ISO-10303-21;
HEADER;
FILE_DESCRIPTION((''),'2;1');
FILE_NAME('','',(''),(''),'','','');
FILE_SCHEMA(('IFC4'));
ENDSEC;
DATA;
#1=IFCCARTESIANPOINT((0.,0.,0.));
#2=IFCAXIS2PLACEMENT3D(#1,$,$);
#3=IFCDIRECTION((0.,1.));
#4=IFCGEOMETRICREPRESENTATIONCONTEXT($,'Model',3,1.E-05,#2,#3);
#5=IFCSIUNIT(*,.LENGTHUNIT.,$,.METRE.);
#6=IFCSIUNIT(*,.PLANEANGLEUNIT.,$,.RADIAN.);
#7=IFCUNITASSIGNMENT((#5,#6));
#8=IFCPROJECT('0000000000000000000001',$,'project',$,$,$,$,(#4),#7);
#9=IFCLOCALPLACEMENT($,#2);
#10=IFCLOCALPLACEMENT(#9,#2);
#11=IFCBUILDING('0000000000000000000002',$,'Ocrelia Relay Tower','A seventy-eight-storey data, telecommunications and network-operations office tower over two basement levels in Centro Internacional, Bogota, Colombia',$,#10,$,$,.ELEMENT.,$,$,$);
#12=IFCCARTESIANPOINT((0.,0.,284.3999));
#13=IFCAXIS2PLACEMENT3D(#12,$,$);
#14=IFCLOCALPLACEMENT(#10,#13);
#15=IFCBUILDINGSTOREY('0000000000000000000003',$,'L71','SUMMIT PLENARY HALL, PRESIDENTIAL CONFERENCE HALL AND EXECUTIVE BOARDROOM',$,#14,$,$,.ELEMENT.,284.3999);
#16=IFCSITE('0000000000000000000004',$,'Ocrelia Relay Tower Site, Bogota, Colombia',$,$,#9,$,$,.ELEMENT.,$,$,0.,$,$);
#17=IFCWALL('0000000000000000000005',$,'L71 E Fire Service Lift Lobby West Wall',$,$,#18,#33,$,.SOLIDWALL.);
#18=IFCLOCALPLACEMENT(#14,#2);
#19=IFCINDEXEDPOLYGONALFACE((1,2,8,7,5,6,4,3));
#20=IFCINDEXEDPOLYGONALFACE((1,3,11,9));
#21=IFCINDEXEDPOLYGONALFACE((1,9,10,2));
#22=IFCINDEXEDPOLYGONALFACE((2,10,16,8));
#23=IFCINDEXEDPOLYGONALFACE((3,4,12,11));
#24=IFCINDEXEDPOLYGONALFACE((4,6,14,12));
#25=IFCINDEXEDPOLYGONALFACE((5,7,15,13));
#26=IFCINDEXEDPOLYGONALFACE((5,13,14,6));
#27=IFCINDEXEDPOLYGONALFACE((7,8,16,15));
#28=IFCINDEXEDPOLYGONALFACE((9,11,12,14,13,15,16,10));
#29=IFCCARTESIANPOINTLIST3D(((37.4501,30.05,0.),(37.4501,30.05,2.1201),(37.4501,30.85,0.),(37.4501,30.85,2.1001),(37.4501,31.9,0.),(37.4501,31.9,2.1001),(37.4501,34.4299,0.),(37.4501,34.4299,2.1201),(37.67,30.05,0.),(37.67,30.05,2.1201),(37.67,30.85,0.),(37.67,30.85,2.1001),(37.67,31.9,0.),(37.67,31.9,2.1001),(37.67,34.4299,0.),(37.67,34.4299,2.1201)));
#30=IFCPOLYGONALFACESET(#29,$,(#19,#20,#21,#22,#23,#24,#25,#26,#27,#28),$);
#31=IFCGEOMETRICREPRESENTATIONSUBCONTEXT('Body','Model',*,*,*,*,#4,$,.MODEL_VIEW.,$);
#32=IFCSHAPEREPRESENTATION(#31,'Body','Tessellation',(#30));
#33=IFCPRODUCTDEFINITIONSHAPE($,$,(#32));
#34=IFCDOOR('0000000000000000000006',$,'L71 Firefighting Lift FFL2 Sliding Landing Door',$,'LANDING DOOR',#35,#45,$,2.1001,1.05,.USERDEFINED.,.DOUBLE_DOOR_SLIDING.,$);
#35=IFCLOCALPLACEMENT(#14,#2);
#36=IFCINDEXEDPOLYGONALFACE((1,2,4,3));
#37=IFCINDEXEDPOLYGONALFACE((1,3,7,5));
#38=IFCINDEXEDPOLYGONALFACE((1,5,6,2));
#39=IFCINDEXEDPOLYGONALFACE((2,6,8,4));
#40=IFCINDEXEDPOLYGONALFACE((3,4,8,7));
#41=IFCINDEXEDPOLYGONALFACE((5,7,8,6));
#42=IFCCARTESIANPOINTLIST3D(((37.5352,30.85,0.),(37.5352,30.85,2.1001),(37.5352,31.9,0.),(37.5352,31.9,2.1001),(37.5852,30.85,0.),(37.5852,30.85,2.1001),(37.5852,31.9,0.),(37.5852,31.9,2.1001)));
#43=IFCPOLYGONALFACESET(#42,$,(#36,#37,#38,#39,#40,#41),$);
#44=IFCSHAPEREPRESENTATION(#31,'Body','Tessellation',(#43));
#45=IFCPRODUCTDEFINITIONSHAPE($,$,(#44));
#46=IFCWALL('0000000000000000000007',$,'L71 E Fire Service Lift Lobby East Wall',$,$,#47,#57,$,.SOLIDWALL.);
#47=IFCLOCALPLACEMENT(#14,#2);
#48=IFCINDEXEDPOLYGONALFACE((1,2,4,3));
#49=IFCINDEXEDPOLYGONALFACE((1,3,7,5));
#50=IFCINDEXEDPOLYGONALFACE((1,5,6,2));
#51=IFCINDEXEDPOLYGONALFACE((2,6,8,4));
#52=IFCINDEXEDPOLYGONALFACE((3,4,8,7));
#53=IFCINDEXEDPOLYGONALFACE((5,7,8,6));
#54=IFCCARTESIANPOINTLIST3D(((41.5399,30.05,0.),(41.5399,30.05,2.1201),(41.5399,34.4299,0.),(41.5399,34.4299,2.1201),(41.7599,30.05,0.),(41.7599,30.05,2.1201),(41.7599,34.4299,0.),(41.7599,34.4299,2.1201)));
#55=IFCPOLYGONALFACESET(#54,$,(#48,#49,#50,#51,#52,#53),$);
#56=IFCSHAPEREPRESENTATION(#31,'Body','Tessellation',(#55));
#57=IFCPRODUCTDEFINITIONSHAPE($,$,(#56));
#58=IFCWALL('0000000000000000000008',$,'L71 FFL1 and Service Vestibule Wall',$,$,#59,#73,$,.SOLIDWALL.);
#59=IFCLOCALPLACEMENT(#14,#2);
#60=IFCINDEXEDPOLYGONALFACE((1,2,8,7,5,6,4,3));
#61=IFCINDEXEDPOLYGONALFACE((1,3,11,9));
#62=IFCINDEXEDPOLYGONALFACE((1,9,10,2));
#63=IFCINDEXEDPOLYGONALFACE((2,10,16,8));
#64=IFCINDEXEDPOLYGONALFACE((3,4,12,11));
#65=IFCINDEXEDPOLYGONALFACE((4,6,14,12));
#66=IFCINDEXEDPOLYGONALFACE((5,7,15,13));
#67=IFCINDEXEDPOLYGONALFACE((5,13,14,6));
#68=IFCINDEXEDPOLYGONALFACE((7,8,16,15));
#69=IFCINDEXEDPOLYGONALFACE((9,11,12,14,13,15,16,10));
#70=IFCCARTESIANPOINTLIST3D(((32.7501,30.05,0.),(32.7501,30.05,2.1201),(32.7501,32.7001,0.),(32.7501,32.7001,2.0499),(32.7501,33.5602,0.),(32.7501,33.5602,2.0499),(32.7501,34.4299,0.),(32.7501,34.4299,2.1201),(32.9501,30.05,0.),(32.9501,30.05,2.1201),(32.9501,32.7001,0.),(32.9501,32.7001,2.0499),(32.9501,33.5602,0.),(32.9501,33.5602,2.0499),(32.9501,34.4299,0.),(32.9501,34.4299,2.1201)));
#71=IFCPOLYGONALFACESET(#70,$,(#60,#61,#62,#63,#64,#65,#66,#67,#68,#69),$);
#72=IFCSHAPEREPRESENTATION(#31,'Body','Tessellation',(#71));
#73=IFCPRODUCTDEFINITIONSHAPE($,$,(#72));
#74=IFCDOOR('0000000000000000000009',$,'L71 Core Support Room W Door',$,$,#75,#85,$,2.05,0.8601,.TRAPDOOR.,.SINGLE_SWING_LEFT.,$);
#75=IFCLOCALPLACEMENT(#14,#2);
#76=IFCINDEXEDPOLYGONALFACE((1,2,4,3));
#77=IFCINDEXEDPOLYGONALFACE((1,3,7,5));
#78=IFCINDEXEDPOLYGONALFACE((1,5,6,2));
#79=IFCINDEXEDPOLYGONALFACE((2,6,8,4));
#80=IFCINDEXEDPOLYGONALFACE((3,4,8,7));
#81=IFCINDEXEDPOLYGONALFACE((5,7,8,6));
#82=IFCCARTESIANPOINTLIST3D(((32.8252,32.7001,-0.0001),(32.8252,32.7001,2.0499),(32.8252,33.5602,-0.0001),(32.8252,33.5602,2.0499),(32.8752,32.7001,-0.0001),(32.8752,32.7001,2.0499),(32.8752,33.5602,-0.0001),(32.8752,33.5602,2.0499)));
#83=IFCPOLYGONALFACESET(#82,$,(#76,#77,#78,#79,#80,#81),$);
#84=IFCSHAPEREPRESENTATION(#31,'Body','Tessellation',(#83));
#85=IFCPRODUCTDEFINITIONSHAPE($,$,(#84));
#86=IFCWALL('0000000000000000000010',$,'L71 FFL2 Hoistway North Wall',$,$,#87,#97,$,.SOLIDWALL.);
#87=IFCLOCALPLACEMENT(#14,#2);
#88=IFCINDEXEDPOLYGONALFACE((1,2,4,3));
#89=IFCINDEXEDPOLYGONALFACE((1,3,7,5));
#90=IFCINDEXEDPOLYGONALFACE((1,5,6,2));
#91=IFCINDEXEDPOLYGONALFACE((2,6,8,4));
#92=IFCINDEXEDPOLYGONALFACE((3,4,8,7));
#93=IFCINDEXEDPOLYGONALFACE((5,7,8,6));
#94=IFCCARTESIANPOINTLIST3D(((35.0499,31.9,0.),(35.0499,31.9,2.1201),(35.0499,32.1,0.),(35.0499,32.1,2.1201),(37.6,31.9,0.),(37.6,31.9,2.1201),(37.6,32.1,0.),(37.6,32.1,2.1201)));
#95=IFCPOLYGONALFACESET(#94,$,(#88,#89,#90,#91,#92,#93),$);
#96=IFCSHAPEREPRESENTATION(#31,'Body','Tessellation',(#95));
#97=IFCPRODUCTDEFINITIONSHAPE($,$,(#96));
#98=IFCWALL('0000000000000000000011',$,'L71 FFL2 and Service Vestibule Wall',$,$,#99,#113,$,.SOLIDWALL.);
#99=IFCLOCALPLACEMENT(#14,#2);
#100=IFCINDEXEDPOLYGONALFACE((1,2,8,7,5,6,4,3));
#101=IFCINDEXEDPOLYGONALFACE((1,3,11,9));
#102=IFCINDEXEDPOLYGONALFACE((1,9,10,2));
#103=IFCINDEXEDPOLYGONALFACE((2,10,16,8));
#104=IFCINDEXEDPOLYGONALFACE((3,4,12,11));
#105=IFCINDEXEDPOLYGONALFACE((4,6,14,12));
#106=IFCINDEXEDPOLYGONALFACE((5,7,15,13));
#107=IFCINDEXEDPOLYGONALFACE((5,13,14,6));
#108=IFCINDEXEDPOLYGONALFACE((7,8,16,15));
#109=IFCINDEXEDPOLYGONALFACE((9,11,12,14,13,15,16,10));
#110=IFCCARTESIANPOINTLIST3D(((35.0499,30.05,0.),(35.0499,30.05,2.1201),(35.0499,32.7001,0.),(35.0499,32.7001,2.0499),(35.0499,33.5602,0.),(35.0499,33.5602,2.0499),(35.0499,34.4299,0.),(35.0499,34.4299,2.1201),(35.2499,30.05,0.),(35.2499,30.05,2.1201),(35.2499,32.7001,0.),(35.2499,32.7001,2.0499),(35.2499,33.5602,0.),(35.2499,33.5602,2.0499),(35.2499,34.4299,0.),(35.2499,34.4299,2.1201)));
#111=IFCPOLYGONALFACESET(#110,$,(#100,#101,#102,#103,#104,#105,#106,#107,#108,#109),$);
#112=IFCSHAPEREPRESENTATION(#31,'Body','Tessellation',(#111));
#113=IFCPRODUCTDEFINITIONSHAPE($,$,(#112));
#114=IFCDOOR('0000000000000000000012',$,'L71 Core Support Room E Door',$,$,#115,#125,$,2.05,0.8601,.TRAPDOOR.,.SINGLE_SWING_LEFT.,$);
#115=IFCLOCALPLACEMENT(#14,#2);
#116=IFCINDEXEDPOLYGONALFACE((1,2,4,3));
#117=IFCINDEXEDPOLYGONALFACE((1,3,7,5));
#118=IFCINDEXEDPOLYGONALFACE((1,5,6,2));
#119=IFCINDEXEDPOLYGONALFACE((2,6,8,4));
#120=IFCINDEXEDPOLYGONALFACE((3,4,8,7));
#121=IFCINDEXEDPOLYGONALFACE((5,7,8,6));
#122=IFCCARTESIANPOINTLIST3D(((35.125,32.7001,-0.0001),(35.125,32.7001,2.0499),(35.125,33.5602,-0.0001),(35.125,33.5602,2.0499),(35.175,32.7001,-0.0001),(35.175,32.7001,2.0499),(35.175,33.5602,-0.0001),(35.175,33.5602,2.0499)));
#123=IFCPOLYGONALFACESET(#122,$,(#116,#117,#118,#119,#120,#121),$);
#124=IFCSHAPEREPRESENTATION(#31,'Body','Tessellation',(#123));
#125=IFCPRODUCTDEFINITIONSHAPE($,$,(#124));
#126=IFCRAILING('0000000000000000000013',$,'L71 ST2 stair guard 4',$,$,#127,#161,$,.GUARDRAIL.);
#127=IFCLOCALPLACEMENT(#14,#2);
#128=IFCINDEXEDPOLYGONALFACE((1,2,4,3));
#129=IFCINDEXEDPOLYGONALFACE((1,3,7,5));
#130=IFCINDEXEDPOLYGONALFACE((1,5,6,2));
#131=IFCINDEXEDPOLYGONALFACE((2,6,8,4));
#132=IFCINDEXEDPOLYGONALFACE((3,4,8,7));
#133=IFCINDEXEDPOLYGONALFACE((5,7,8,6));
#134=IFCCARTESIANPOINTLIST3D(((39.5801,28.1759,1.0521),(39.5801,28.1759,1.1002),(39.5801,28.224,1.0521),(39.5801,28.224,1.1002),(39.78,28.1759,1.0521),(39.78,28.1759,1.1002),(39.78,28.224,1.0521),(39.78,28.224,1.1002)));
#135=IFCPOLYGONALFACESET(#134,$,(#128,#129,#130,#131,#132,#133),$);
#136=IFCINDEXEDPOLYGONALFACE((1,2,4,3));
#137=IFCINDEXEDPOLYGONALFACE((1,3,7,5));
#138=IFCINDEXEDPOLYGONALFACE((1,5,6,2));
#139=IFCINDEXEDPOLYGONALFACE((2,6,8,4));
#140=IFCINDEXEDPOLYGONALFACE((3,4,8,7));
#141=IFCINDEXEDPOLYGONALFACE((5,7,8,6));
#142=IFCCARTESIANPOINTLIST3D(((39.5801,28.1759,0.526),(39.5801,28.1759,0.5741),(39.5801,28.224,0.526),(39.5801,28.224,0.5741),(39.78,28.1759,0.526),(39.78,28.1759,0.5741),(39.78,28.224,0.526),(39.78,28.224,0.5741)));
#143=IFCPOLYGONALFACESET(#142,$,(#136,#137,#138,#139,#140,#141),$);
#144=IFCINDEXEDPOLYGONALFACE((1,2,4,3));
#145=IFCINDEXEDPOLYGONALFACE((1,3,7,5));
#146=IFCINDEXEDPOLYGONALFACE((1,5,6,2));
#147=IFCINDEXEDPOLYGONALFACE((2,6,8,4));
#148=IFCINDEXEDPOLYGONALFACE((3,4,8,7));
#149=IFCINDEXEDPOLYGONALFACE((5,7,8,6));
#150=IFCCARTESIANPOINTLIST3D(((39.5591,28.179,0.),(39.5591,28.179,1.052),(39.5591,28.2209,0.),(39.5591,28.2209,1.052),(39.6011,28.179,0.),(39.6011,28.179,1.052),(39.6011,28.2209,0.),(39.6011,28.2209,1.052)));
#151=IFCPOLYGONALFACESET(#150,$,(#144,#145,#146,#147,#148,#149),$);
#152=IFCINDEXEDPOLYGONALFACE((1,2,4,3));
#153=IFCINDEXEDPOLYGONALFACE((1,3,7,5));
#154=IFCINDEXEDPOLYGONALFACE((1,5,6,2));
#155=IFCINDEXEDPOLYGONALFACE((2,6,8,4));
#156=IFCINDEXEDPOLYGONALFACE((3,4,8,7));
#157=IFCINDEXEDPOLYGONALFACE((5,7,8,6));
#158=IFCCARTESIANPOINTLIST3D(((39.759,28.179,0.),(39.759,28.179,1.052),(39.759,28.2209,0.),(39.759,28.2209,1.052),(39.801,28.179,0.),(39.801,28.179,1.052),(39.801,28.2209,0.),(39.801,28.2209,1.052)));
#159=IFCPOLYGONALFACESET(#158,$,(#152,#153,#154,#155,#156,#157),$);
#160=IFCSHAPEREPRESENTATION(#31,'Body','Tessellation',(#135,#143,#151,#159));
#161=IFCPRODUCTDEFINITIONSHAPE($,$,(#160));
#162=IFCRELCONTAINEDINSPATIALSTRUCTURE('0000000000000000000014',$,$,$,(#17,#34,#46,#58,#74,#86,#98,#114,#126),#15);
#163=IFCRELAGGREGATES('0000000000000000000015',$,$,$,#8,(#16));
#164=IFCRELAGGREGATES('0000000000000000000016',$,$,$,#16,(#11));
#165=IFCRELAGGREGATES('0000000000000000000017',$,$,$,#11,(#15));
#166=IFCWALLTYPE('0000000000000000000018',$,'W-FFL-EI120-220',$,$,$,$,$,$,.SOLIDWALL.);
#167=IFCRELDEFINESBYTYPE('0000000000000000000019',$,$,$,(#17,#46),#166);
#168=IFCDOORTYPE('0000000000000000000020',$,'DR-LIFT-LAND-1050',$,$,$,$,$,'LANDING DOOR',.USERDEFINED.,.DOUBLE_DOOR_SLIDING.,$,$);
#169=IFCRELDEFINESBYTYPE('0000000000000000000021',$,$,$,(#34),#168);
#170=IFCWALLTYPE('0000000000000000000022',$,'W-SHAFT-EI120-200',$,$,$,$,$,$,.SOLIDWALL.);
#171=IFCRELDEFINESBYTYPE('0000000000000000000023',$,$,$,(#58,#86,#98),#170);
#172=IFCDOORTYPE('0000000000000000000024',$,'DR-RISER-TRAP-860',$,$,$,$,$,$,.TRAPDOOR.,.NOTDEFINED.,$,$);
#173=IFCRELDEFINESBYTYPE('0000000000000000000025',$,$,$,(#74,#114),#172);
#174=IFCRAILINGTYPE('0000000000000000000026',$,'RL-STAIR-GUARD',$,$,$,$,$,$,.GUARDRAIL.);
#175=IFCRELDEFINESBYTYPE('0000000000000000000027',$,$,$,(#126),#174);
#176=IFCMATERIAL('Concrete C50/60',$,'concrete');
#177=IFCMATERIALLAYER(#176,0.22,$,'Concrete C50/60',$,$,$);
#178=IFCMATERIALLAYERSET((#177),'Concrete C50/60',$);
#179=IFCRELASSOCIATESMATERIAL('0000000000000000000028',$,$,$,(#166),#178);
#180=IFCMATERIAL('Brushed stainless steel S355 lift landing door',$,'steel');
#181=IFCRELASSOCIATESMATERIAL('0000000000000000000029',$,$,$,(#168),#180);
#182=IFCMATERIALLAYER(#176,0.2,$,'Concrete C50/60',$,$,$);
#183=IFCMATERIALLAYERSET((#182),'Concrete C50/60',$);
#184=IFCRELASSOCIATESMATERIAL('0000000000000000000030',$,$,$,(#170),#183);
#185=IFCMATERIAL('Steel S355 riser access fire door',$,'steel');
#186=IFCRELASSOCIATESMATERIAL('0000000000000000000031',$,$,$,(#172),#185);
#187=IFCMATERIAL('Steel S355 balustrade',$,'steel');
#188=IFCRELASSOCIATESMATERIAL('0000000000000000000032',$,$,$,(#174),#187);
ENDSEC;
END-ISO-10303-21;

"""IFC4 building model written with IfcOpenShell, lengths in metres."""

from ifc_helpers import new_model, si_unit, direction, frame, frame_2d, origin, origin_2d, place, context, subcontext, project, spatial, rectangle, extrude, material, layer, layer_set, type_object, element, fill, save


model = new_model("IFC4")

# Units and contexts
model_context = context("Model", 3, precision=1e-05, world=origin(), true_north=direction((0.0, 1.0)))
body_context = subcontext(model_context, "Body", "Model", "MODEL_VIEW")
ifc_project = project(units=[si_unit("LENGTHUNIT", "METRE"), si_unit("PLANEANGLEUNIT", "RADIAN")], contexts=[model_context])

# Site, building, storey
site_placement = place(None, origin())
site = spatial("IfcSite", under=ifc_project, at=site_placement, Name="Ocrelia Relay Tower Site, Bogota, Colombia", CompositionType="ELEMENT", RefElevation=0.0)
building_placement = place(site_placement, origin())
building = spatial("IfcBuilding", under=site, at=building_placement, Name="Ocrelia Relay Tower", Description="A seventy-eight-storey data, telecommunications and network-operations office tower over two basement levels in Centro Internacional, Bogota, Colombia", CompositionType="ELEMENT")
storey_placement = place(building_placement, frame((0.0, 0.0, 284.3999)))
storey = spatial("IfcBuildingStorey", under=building, at=storey_placement, Name="L71", Description="SUMMIT PLENARY HALL, PRESIDENTIAL CONFERENCE HALL AND EXECUTIVE BOARDROOM", CompositionType="ELEMENT", Elevation=284.3999)

# Shared definitions
ifc_material_1 = material(Name="Concrete C50/60", Category="concrete")

# Wall, opening, door
ifc_layer_1 = layer(ifc_material_1, 0.22, Name="Concrete C50/60")
ifc_layer_set_1 = layer_set([ifc_layer_1], Name="Concrete C50/60")
wall_type_1 = type_object("IfcWallType", Name="W-FFL-EI120-220", PredefinedType="SOLIDWALL", material=ifc_layer_set_1)
wall_1_placement = place(storey_placement, frame((37.5601, 30.05, 0.0), z_axis=(0.0, 0.0, 1.0), x_axis=(0.0, 1.0, 0.0)))
wall_1 = element("IfcWall", 1, at=wall_1_placement, inside=storey, type_object=wall_type_1, Name="L71 E Fire Service Lift Lobby West Wall", PredefinedType="SOLIDWALL", context=body_context, shape_type="SweptSolid", body=[
    extrude(rectangle(XDim=4.3799, YDim=0.22, at=frame_2d((2.1899, 0.0))), origin(), (0.0, 0.0, 1.0), 2.1201),
])
opening_1_placement = place(wall_1_placement, frame((0.8, 0.0, 0.0)))
opening_1 = element("IfcOpeningElement", 2, at=opening_1_placement, cuts=wall_1, PredefinedType="OPENING", context=body_context, shape_type="SweptSolid", body=[
    extrude(rectangle(XDim=1.05, YDim=2.1001, at=frame_2d((0.5249, 1.05))), frame((0.0, 0.1201, 0.0), z_axis=(0.0, -1.0, 0.0), x_axis=(1.0, 0.0, 0.0)), (0.0, 0.0, 1.0), 0.24),
])
ifc_material_2 = material(Name="Brushed stainless steel S355 lift landing door", Category="steel")
door_type_1 = type_object("IfcDoorType", Name="DR-LIFT-LAND-1050", ElementType="LANDING DOOR", OperationType="DOUBLE_DOOR_SLIDING", PredefinedType="USERDEFINED", material=ifc_material_2)
door_1_placement = place(opening_1_placement, origin())
door_1 = element("IfcDoor", 3, at=door_1_placement, inside=storey, type_object=door_type_1, Name="L71 Firefighting Lift FFL2 Sliding Landing Door", ObjectType="LANDING DOOR", OperationType="DOUBLE_DOOR_SLIDING", OverallHeight=2.1001, OverallWidth=1.05, PredefinedType="USERDEFINED", context=body_context, shape_type="SweptSolid", body=[
    extrude(rectangle(XDim=1.05, YDim=2.1001, at=frame_2d((0.5249, 1.05))), frame((0.0, 0.0249, 0.0), z_axis=(0.0, -1.0, 0.0), x_axis=(1.0, 0.0, 0.0)), (0.0, 0.0, 1.0), 0.05),
])
fill(opening_1, door_1)

# Wall
wall_2_placement = place(storey_placement, frame((41.6499, 30.05, 0.0), z_axis=(0.0, 0.0, 1.0), x_axis=(0.0, 1.0, 0.0)))
element("IfcWall", 4, at=wall_2_placement, inside=storey, type_object=wall_type_1, Name="L71 E Fire Service Lift Lobby East Wall", PredefinedType="SOLIDWALL", context=body_context, shape_type="SweptSolid", body=[
    extrude(rectangle(XDim=4.3799, YDim=0.22, at=frame_2d((2.1899, 0.0))), origin(), (0.0, 0.0, 1.0), 2.1201),
])

# Wall, opening, door
ifc_layer_2 = layer(ifc_material_1, 0.2, Name="Concrete C50/60")
ifc_layer_set_2 = layer_set([ifc_layer_2], Name="Concrete C50/60")
wall_type_2 = type_object("IfcWallType", Name="W-SHAFT-EI120-200", PredefinedType="SOLIDWALL", material=ifc_layer_set_2)
wall_3_placement = place(storey_placement, frame((32.8501, 30.05, 0.0), z_axis=(0.0, 0.0, 1.0), x_axis=(0.0, 1.0, 0.0)))
wall_3 = element("IfcWall", 5, at=wall_3_placement, inside=storey, type_object=wall_type_2, Name="L71 FFL1 and Service Vestibule Wall", PredefinedType="SOLIDWALL", context=body_context, shape_type="SweptSolid", body=[
    extrude(rectangle(XDim=4.3799, YDim=0.2, at=frame_2d((2.1899, 0.0))), origin(), (0.0, 0.0, 1.0), 2.1201),
])
opening_2_placement = place(wall_3_placement, frame((2.6499, 0.0, 0.0)))
opening_2 = element("IfcOpeningElement", 6, at=opening_2_placement, cuts=wall_3, PredefinedType="OPENING", context=body_context, shape_type="SweptSolid", body=[
    extrude(rectangle(XDim=0.8601, YDim=2.05, at=frame_2d((0.4302, 1.0249))), frame((0.0, 0.1099, 0.0), z_axis=(0.0, -1.0, 0.0), x_axis=(1.0, 0.0, 0.0)), (0.0, 0.0, 1.0), 0.22),
])
ifc_material_3 = material(Name="Steel S355 riser access fire door", Category="steel")
door_type_2 = type_object("IfcDoorType", Name="DR-RISER-TRAP-860", OperationType="NOTDEFINED", PredefinedType="TRAPDOOR", material=ifc_material_3)
door_2_placement = place(opening_2_placement, origin())
door_2 = element("IfcDoor", 7, at=door_2_placement, inside=storey, type_object=door_type_2, Name="L71 Core Support Room W Door", OperationType="SINGLE_SWING_LEFT", OverallHeight=2.05, OverallWidth=0.8601, PredefinedType="TRAPDOOR", context=body_context, shape_type="SweptSolid", body=[
    extrude(rectangle(XDim=0.8601, YDim=2.05, at=frame_2d((0.4302, 1.0249))), frame((0.0, 0.0249, 0.0), z_axis=(0.0, -1.0, 0.0), x_axis=(1.0, 0.0, 0.0)), (0.0, 0.0, 1.0), 0.05),
])
fill(opening_2, door_2)

# Wall
wall_4_placement = place(storey_placement, frame((35.05, 32.0, 0.0), z_axis=(0.0, 0.0, 1.0), x_axis=(1.0, 0.0, 0.0)))
element("IfcWall", 8, at=wall_4_placement, inside=storey, type_object=wall_type_2, Name="L71 FFL2 Hoistway North Wall", PredefinedType="SOLIDWALL", context=body_context, shape_type="SweptSolid", body=[
    extrude(rectangle(XDim=2.55, YDim=0.2, at=frame_2d((1.2749, 0.0))), origin(), (0.0, 0.0, 1.0), 2.1201),
])

# Wall, opening, door
wall_5_placement = place(storey_placement, frame((35.1499, 30.05, 0.0), z_axis=(0.0, 0.0, 1.0), x_axis=(0.0, 1.0, 0.0)))
wall_5 = element("IfcWall", 9, at=wall_5_placement, inside=storey, type_object=wall_type_2, Name="L71 FFL2 and Service Vestibule Wall", PredefinedType="SOLIDWALL", context=body_context, shape_type="SweptSolid", body=[
    extrude(rectangle(XDim=4.3799, YDim=0.2, at=frame_2d((2.1899, 0.0))), origin(), (0.0, 0.0, 1.0), 2.1201),
])
opening_3_placement = place(wall_5_placement, frame((2.6499, 0.0, 0.0)))
opening_3 = element("IfcOpeningElement", 10, at=opening_3_placement, cuts=wall_5, PredefinedType="OPENING", context=body_context, shape_type="SweptSolid", body=[
    extrude(rectangle(XDim=0.8601, YDim=2.05, at=frame_2d((0.4302, 1.0249))), frame((0.0, 0.1099, 0.0), z_axis=(0.0, -1.0, 0.0), x_axis=(1.0, 0.0, 0.0)), (0.0, 0.0, 1.0), 0.22),
])
door_3_placement = place(opening_3_placement, origin())
door_3 = element("IfcDoor", 11, at=door_3_placement, inside=storey, type_object=door_type_2, Name="L71 Core Support Room E Door", OperationType="SINGLE_SWING_LEFT", OverallHeight=2.05, OverallWidth=0.8601, PredefinedType="TRAPDOOR", context=body_context, shape_type="SweptSolid", body=[
    extrude(rectangle(XDim=0.8601, YDim=2.05, at=frame_2d((0.4302, 1.0249))), frame((0.0, 0.0249, 0.0), z_axis=(0.0, -1.0, 0.0), x_axis=(1.0, 0.0, 0.0)), (0.0, 0.0, 1.0), 0.05),
])
fill(opening_3, door_3)

# Railing
ifc_material_4 = material(Name="Steel S355 balustrade", Category="steel")
railing_type = type_object("IfcRailingType", Name="RL-STAIR-GUARD", PredefinedType="GUARDRAIL", material=ifc_material_4)
railing_placement = place(storey_placement, frame((39.5801, 28.2, 0.0)))
element("IfcRailing", 12, at=railing_placement, inside=storey, type_object=railing_type, Name="L71 ST2 stair guard 4", PredefinedType="GUARDRAIL", context=body_context, shape_type="SweptSolid", body=[
    extrude(rectangle(XDim=0.0481, YDim=0.0481, at=origin_2d()), frame((0.0, 0.0, 1.0762), z_axis=(1.0, 0.0, 0.0), x_axis=(0.0, 1.0, 0.0)), (0.0, 0.0, 1.0), 0.2),
    extrude(rectangle(XDim=0.0481, YDim=0.0481, at=origin_2d()), frame((0.0, 0.0, 0.55), z_axis=(1.0, 0.0, 0.0), x_axis=(0.0, 1.0, 0.0)), (0.0, 0.0, 1.0), 0.2),
    extrude(rectangle(XDim=0.042, YDim=0.042, at=origin_2d()), origin(), (0.0, 0.0, 1.0), 1.052),
    extrude(rectangle(XDim=0.042, YDim=0.042, at=origin_2d()), frame((0.2, 0.0, 0.0)), (0.0, 0.0, 1.0), 1.052),
])

save(model, "model.ifc")
